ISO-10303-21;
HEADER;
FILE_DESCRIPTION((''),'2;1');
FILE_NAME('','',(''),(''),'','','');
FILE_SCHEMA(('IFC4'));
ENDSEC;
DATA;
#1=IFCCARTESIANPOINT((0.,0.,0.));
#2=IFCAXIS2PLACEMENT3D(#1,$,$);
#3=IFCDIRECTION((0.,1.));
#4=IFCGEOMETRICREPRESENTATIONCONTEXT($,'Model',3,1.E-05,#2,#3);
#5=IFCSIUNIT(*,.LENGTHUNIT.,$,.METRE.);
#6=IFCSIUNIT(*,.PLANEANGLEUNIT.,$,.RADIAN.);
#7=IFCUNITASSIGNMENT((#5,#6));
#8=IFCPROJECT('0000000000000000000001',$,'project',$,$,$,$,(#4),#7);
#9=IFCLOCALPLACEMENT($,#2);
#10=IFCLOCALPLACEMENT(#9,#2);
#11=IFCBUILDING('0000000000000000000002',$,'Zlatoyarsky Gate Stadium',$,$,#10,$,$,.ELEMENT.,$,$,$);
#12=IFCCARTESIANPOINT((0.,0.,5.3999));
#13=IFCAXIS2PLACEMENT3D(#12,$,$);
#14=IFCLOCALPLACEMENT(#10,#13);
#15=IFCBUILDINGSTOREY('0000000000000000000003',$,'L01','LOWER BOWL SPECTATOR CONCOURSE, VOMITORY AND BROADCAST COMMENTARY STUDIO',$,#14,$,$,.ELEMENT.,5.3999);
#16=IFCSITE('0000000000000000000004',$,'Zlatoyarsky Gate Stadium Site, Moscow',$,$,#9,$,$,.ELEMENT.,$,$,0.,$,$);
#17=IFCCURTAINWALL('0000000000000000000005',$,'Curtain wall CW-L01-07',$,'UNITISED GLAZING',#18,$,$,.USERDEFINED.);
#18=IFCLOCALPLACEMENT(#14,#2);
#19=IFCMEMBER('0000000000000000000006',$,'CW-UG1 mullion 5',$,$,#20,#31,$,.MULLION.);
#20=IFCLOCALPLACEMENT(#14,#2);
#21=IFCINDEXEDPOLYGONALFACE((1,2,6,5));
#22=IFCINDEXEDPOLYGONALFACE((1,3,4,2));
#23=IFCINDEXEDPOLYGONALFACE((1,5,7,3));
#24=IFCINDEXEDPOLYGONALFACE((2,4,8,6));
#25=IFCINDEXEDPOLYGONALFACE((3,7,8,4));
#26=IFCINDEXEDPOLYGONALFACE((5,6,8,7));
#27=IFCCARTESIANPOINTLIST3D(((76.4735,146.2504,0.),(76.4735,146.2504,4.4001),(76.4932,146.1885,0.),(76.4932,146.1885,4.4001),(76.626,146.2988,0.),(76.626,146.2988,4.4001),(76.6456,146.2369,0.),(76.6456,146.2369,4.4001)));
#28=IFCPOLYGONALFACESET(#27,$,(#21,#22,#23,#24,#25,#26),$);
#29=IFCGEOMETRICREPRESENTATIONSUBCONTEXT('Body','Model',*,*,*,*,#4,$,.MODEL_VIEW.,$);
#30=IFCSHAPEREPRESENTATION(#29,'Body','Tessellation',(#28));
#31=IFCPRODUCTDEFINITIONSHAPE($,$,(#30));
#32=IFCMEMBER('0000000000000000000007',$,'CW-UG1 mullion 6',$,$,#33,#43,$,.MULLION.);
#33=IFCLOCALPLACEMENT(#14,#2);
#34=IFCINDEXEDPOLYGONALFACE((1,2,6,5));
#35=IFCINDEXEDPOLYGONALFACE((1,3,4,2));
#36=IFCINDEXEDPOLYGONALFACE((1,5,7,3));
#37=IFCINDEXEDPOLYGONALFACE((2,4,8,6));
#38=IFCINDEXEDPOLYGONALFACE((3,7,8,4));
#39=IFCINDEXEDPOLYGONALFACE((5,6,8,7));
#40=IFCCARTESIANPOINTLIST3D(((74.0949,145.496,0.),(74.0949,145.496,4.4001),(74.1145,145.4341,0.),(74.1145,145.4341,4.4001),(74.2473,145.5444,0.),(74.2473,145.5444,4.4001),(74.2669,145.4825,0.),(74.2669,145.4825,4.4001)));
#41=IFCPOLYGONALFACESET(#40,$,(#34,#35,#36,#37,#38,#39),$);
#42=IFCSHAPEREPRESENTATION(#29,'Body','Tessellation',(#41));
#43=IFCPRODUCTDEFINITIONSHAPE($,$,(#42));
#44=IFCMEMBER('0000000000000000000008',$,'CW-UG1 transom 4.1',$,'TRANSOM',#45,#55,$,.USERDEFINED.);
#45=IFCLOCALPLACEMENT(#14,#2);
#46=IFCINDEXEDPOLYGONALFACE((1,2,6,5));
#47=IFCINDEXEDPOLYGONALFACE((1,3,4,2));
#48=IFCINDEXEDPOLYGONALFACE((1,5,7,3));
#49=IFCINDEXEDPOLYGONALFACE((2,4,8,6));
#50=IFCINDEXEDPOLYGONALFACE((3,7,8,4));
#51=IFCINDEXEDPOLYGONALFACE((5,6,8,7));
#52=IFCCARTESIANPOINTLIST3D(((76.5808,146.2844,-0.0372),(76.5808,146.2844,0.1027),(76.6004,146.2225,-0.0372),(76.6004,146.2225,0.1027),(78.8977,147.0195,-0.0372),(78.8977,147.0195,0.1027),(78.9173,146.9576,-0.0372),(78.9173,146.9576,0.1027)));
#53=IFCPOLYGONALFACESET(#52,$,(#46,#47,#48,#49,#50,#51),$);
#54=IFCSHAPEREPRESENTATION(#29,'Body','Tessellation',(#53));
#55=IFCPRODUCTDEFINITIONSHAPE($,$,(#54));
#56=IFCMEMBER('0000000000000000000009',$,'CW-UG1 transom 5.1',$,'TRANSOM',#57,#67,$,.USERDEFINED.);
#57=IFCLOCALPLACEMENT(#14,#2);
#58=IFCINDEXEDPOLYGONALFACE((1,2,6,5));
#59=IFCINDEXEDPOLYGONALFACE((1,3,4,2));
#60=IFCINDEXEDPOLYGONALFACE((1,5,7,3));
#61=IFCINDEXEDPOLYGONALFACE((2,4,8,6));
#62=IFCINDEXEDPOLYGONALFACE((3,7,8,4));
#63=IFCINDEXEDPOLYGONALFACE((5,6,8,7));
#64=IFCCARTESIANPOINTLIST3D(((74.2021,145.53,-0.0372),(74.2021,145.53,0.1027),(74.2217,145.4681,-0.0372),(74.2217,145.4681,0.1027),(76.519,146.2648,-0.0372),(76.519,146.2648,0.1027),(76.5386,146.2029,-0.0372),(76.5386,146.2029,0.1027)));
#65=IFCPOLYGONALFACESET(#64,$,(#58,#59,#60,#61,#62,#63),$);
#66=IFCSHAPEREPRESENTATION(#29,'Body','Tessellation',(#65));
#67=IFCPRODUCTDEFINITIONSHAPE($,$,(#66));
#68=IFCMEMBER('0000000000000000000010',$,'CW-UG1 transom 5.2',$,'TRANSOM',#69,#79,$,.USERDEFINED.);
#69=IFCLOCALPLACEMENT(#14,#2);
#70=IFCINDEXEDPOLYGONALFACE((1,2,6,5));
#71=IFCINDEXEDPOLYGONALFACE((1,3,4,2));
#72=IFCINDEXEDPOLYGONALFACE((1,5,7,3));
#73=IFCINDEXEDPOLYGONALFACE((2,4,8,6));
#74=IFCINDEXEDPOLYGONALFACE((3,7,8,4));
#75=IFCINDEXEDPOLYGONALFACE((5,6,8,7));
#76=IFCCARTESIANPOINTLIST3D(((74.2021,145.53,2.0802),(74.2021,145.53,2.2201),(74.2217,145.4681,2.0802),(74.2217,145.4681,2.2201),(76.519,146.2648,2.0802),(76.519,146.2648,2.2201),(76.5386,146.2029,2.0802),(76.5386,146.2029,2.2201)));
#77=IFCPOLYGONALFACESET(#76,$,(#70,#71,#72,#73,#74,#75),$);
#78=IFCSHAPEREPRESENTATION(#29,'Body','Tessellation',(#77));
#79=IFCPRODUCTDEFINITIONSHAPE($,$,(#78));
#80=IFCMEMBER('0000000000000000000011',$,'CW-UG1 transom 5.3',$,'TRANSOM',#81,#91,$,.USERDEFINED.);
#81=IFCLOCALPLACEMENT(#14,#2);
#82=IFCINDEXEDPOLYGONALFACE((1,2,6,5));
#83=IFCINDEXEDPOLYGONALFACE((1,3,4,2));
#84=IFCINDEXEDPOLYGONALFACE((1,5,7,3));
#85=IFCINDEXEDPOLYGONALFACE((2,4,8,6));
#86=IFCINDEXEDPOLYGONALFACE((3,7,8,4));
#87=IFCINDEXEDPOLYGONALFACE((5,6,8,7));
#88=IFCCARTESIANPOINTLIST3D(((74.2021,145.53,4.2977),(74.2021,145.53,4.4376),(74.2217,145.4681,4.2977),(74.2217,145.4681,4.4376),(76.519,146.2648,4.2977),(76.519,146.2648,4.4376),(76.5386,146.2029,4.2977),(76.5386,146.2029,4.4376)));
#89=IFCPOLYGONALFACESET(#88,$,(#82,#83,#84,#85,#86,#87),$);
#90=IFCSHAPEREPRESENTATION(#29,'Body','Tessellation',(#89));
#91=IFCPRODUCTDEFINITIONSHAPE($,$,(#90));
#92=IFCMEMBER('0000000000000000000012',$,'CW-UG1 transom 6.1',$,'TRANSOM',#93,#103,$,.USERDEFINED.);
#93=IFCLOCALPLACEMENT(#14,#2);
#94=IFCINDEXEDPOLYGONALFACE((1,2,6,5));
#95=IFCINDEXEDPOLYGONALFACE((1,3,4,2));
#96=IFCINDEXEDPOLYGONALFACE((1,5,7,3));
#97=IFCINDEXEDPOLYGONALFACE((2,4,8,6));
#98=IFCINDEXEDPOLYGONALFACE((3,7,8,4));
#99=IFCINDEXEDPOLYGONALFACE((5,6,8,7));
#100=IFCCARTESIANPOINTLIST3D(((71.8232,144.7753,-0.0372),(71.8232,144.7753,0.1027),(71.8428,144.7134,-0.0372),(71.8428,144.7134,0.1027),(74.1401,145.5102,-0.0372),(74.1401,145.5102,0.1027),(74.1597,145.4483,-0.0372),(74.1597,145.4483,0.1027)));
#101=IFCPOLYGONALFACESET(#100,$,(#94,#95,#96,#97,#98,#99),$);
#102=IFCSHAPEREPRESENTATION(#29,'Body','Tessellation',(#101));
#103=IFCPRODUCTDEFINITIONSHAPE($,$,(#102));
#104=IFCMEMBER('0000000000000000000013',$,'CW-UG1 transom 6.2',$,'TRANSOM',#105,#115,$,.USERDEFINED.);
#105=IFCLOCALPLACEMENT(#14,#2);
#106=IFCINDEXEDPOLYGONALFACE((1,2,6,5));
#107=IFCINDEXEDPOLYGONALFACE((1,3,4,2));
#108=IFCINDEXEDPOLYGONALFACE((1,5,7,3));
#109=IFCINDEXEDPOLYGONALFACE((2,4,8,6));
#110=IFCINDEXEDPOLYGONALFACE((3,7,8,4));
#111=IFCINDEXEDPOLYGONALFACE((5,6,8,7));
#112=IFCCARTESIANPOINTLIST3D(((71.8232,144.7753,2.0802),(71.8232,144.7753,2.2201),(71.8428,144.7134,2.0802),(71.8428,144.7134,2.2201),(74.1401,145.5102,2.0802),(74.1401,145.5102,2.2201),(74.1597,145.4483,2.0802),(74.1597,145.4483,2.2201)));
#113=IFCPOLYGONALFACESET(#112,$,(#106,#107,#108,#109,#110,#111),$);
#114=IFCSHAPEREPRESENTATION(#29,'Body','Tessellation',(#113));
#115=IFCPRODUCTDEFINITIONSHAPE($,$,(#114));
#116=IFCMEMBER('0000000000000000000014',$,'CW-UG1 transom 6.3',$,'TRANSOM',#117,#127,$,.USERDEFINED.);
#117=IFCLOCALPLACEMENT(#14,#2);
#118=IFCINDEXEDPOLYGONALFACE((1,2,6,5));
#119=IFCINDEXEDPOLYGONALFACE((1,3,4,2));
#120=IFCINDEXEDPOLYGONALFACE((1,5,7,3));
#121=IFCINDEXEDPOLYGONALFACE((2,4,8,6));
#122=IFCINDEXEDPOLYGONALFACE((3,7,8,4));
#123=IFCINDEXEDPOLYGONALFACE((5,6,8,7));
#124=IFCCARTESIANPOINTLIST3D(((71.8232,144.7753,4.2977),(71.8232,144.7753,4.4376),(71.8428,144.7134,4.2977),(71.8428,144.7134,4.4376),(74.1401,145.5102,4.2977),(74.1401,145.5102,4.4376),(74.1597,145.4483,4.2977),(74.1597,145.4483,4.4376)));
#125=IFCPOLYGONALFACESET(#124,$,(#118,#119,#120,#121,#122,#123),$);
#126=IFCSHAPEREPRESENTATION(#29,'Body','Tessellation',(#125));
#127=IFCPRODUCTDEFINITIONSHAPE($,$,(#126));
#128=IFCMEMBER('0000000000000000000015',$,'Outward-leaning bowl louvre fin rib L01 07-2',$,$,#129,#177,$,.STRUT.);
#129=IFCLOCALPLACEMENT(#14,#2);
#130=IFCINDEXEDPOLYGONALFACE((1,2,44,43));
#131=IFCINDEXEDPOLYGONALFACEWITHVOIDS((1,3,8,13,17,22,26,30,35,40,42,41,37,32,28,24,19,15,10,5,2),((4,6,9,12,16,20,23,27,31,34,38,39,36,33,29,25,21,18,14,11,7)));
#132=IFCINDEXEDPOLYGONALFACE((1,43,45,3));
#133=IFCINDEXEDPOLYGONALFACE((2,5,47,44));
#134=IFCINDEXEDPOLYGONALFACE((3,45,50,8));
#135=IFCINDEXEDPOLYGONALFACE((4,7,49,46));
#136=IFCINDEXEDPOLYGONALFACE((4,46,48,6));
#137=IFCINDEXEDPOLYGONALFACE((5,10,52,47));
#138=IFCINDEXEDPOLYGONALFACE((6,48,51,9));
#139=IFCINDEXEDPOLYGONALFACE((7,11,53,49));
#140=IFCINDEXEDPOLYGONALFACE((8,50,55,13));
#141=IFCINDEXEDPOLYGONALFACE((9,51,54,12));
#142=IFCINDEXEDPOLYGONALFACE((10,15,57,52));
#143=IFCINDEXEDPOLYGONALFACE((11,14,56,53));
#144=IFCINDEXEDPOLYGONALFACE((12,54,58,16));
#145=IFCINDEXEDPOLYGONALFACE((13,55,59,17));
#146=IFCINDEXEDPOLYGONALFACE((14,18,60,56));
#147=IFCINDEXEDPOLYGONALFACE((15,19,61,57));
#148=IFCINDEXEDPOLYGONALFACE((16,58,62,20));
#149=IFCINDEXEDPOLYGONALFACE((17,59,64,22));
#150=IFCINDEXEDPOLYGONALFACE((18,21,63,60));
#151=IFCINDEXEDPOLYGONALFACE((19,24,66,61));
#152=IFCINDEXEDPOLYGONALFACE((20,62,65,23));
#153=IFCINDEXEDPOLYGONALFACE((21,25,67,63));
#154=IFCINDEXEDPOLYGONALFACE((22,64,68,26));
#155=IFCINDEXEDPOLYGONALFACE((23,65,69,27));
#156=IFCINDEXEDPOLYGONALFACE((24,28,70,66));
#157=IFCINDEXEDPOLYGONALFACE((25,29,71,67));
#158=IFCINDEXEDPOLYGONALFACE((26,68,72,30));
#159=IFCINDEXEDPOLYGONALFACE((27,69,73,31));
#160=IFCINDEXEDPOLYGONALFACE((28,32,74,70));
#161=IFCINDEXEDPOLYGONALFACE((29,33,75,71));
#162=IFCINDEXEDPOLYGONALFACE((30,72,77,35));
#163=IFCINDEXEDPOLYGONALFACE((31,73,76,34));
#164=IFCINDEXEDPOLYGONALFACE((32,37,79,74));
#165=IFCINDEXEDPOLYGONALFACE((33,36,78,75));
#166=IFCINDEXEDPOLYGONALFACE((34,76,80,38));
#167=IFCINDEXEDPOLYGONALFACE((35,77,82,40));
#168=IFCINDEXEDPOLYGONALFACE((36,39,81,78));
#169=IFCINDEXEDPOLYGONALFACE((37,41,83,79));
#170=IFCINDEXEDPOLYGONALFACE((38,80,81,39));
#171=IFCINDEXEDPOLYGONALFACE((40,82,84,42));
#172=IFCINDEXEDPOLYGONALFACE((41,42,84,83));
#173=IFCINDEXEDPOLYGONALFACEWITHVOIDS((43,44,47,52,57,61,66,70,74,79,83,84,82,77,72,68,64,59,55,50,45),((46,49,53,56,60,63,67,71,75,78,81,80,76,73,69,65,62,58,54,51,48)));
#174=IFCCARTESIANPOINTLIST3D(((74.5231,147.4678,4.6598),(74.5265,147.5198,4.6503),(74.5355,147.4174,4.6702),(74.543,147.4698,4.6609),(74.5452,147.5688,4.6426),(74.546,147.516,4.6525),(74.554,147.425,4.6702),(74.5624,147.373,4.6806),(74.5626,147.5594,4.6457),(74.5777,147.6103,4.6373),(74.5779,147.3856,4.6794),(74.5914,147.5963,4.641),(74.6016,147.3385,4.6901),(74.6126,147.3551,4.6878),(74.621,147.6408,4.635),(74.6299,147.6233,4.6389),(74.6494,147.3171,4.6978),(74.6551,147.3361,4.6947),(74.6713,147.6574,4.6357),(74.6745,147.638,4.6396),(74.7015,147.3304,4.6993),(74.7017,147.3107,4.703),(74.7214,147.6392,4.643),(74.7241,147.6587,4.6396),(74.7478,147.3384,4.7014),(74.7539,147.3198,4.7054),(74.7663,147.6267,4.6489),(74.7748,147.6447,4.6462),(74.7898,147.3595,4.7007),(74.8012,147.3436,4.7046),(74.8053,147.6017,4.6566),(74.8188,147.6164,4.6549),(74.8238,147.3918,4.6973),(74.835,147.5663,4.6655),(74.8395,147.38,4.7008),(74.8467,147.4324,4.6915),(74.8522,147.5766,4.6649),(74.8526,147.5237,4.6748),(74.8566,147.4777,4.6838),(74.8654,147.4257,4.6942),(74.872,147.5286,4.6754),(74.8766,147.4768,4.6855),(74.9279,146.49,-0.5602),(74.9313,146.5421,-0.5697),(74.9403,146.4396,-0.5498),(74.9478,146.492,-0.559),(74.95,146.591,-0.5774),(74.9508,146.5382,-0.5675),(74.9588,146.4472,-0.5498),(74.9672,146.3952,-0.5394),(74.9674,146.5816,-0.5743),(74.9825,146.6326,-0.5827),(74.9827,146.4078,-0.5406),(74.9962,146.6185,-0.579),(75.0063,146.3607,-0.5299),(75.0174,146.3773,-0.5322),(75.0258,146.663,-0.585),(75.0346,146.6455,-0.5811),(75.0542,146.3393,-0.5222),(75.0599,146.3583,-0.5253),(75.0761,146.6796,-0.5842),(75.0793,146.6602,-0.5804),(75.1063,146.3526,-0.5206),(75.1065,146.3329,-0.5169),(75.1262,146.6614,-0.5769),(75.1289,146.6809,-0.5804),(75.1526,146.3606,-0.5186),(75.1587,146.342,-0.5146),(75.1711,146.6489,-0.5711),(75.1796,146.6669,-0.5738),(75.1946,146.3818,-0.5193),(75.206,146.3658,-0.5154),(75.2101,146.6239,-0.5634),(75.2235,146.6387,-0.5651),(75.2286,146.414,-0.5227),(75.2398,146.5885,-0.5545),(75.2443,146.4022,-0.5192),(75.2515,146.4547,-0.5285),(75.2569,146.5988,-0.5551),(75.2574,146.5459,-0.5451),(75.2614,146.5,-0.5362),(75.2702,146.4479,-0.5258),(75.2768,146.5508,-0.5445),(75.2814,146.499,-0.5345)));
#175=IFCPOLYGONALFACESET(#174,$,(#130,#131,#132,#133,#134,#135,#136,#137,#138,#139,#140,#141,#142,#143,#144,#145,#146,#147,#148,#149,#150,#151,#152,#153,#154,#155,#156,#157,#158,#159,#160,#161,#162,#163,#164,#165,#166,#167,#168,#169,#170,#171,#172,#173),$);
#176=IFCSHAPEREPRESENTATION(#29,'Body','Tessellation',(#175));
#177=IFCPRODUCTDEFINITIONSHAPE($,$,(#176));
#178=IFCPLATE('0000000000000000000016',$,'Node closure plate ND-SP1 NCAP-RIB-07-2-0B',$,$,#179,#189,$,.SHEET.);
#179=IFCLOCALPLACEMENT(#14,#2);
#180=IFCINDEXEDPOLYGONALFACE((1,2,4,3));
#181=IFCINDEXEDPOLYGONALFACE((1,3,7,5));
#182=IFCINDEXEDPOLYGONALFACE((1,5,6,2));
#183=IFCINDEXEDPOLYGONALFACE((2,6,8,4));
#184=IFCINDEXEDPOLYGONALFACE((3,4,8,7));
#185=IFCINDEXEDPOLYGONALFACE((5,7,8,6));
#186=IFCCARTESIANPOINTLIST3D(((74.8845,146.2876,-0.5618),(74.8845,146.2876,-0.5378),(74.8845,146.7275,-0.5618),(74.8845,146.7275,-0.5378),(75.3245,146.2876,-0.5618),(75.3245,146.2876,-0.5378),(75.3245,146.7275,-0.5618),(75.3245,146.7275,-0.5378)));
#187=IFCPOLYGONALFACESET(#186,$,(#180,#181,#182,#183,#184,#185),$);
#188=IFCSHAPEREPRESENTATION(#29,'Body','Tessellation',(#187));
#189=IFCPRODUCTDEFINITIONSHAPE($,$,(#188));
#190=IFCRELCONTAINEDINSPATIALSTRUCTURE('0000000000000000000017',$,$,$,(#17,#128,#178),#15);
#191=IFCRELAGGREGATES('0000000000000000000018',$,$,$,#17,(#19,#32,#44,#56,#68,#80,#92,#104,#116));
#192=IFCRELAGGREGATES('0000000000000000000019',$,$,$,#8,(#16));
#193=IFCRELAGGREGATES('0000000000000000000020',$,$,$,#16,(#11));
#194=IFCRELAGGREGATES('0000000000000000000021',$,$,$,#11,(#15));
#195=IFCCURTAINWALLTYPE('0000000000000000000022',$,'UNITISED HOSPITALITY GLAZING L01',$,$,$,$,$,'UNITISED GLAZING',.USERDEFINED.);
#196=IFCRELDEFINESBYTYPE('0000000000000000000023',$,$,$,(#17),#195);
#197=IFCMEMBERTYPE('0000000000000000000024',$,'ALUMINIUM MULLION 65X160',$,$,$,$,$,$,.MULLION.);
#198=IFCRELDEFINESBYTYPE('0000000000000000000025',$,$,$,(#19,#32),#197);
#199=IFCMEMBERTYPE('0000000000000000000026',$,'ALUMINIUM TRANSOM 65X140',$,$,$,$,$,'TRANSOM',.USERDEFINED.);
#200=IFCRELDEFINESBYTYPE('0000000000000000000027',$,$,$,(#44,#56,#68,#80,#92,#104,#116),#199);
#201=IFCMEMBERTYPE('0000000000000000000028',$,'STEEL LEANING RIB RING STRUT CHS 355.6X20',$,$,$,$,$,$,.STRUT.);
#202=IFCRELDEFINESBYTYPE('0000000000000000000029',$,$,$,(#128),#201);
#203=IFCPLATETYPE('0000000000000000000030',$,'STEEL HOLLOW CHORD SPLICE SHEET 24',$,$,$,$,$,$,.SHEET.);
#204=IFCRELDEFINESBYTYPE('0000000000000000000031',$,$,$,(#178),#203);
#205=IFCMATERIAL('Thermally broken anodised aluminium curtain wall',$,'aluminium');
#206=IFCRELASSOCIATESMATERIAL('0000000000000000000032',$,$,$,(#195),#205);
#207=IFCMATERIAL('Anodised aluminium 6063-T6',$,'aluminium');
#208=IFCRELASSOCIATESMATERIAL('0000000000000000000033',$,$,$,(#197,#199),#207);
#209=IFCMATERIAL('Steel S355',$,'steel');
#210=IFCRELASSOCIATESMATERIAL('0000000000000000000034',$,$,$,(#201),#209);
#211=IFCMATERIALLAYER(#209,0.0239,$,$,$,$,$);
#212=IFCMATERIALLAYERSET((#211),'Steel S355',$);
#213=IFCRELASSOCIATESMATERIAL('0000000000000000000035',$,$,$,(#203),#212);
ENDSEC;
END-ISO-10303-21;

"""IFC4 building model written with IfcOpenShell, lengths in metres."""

from ifc_helpers import new_model, si_unit, direction, frame, origin, origin_2d, place, context, subcontext, project, spatial, rectangle, hollow_circle, extrude, material, layer, layer_set, material_profile, profile_set, type_object, element, aggregate, save


model = new_model("IFC4")

# Units and contexts
model_context = context("Model", 3, precision=1e-05, world=origin(), true_north=direction((0.0, 1.0)))
body_context = subcontext(model_context, "Body", "Model", "MODEL_VIEW")
ifc_project = project(units=[si_unit("LENGTHUNIT", "METRE"), si_unit("PLANEANGLEUNIT", "RADIAN")], contexts=[model_context])

# Site, building, storey
site_placement = place(None, origin())
site = spatial("IfcSite", under=ifc_project, at=site_placement, Name="Zlatoyarsky Gate Stadium Site, Moscow", CompositionType="ELEMENT", RefElevation=0.0)
building_placement = place(site_placement, origin())
building = spatial("IfcBuilding", under=site, at=building_placement, Name="Zlatoyarsky Gate Stadium", CompositionType="ELEMENT")
storey_placement = place(building_placement, frame((0.0, 0.0, 5.3999)))
storey = spatial("IfcBuildingStorey", under=building, at=storey_placement, Name="L01", Description="LOWER BOWL SPECTATOR CONCOURSE, VOMITORY AND BROADCAST COMMENTARY STUDIO", CompositionType="ELEMENT", Elevation=5.3999)

# Curtain wall, members
ifc_material_1 = material(Name="Thermally broken anodised aluminium curtain wall", Category="aluminium")
curtain_wall_type = type_object("IfcCurtainWallType", Name="UNITISED HOSPITALITY GLAZING L01", ElementType="UNITISED GLAZING", PredefinedType="USERDEFINED", material=ifc_material_1)
curtain_wall_placement = place(storey_placement, origin())
curtain_wall = element("IfcCurtainWall", 1, at=curtain_wall_placement, inside=storey, type_object=curtain_wall_type, Name="Curtain wall CW-L01-07", ObjectType="UNITISED GLAZING", PredefinedType="USERDEFINED")
ifc_material_2 = material(Name="Anodised aluminium 6063-T6", Category="aluminium")
ifc_material_profile_1 = material_profile(ifc_material_2, rectangle(XDim=0.0649, YDim=0.1599, at=origin_2d()), Name="ALU 65X160")
ifc_profile_set_1 = profile_set([ifc_material_profile_1], Name="Anodised aluminium 6063-T6")
member_type_1 = type_object("IfcMemberType", Name="ALUMINIUM MULLION 65X160", PredefinedType="MULLION", material=ifc_profile_set_1)
member_1_placement = place(storey_placement, frame((76.5596, 146.2437, 0.0), z_axis=(0.0, 0.0, 1.0), x_axis=(0.302335, -0.953202, 0.0)))
member_1 = element("IfcMember", 2, at=member_1_placement, type_object=member_type_1, Name="CW-UG1 mullion 5", PredefinedType="MULLION", context=body_context, shape_type="SweptSolid", body=[
    extrude(rectangle(XDim=0.0649, YDim=0.1599, at=origin_2d()), origin(), (0.0, 0.0, 1.0), 4.4001),
])
member_2_placement = place(storey_placement, frame((74.1809, 145.4893, 0.0), z_axis=(0.0, 0.0, 1.0), x_axis=(0.302335, -0.953202, 0.0)))
member_2 = element("IfcMember", 3, at=member_2_placement, type_object=member_type_1, Name="CW-UG1 mullion 6", PredefinedType="MULLION", context=body_context, shape_type="SweptSolid", body=[
    extrude(rectangle(XDim=0.0649, YDim=0.1599, at=origin_2d()), origin(), (0.0, 0.0, 1.0), 4.4001),
])
ifc_material_profile_2 = material_profile(ifc_material_2, rectangle(XDim=0.0649, YDim=0.1399, at=origin_2d()), Name="ALU 65X140")
ifc_profile_set_2 = profile_set([ifc_material_profile_2], Name="Anodised aluminium 6063-T6")
member_type_2 = type_object("IfcMemberType", Name="ALUMINIUM TRANSOM 65X140", ElementType="TRANSOM", PredefinedType="USERDEFINED", material=ifc_profile_set_2)
member_3_placement = place(storey_placement, frame((78.9075, 146.9885, 0.0327), z_axis=(-0.953173, -0.302424, 0.0), x_axis=(0.302424, -0.953173, 0.0)))
member_3 = element("IfcMember", 4, at=member_3_placement, type_object=member_type_2, Name="CW-UG1 transom 4.1", ObjectType="TRANSOM", PredefinedType="USERDEFINED", context=body_context, shape_type="SweptSolid", body=[
    extrude(rectangle(XDim=0.0649, YDim=0.1399, at=origin_2d()), origin(), (0.0, 0.0, 1.0), 2.4307),
])
member_4_placement = place(storey_placement, frame((76.5288, 146.2339, 0.0327), z_axis=(-0.953202, -0.302333, 0.0), x_axis=(0.302333, -0.953202, 0.0)))
member_4 = element("IfcMember", 5, at=member_4_placement, type_object=member_type_2, Name="CW-UG1 transom 5.1", ObjectType="TRANSOM", PredefinedType="USERDEFINED", context=body_context, shape_type="SweptSolid", body=[
    extrude(rectangle(XDim=0.0649, YDim=0.1399, at=origin_2d()), origin(), (0.0, 0.0, 1.0), 2.4307),
])
member_5_placement = place(storey_placement, frame((76.5288, 146.2339, 2.1501), z_axis=(-0.953202, -0.302333, 0.0), x_axis=(0.302333, -0.953202, 0.0)))
member_5 = element("IfcMember", 6, at=member_5_placement, type_object=member_type_2, Name="CW-UG1 transom 5.2", ObjectType="TRANSOM", PredefinedType="USERDEFINED", context=body_context, shape_type="SweptSolid", body=[
    extrude(rectangle(XDim=0.0649, YDim=0.1399, at=origin_2d()), origin(), (0.0, 0.0, 1.0), 2.4307),
])
member_6_placement = place(storey_placement, frame((76.5288, 146.2339, 4.3677), z_axis=(-0.953202, -0.302333, 0.0), x_axis=(0.302333, -0.953202, 0.0)))
member_6 = element("IfcMember", 7, at=member_6_placement, type_object=member_type_2, Name="CW-UG1 transom 5.3", ObjectType="TRANSOM", PredefinedType="USERDEFINED", context=body_context, shape_type="SweptSolid", body=[
    extrude(rectangle(XDim=0.0649, YDim=0.1399, at=origin_2d()), origin(), (0.0, 0.0, 1.0), 2.4307),
])
member_7_placement = place(storey_placement, frame((74.1499, 145.4792, 0.0327), z_axis=(-0.953202, -0.302333, 0.0), x_axis=(0.302333, -0.953202, 0.0)))
member_7 = element("IfcMember", 8, at=member_7_placement, type_object=member_type_2, Name="CW-UG1 transom 6.1", ObjectType="TRANSOM", PredefinedType="USERDEFINED", context=body_context, shape_type="SweptSolid", body=[
    extrude(rectangle(XDim=0.0649, YDim=0.1399, at=origin_2d()), origin(), (0.0, 0.0, 1.0), 2.4307),
])
member_8_placement = place(storey_placement, frame((74.1499, 145.4792, 2.1501), z_axis=(-0.953202, -0.302333, 0.0), x_axis=(0.302333, -0.953202, 0.0)))
member_8 = element("IfcMember", 9, at=member_8_placement, type_object=member_type_2, Name="CW-UG1 transom 6.2", ObjectType="TRANSOM", PredefinedType="USERDEFINED", context=body_context, shape_type="SweptSolid", body=[
    extrude(rectangle(XDim=0.0649, YDim=0.1399, at=origin_2d()), origin(), (0.0, 0.0, 1.0), 2.4307),
])
member_9_placement = place(storey_placement, frame((74.1499, 145.4792, 4.3677), z_axis=(-0.953202, -0.302333, 0.0), x_axis=(0.302333, -0.953202, 0.0)))
member_9 = element("IfcMember", 10, at=member_9_placement, type_object=member_type_2, Name="CW-UG1 transom 6.3", ObjectType="TRANSOM", PredefinedType="USERDEFINED", context=body_context, shape_type="SweptSolid", body=[
    extrude(rectangle(XDim=0.0649, YDim=0.1399, at=origin_2d()), origin(), (0.0, 0.0, 1.0), 2.4307),
])

# Member
ifc_material_3 = material(Name="Steel S355", Category="steel")
ifc_material_profile_3 = material_profile(ifc_material_3, hollow_circle(Radius=0.1777, WallThickness=0.02, at=origin_2d()), Name="CHS 355.6X20")
ifc_profile_set_3 = profile_set([ifc_material_profile_3], Name="Steel S355")
member_type_3 = type_object("IfcMemberType", Name="STEEL LEANING RIB RING STRUT CHS 355.6X20", PredefinedType="STRUT", material=ifc_profile_set_3)
member_10_placement = place(storey_placement, frame((75.1045, 146.5076, -0.5498), z_axis=(-0.075999, 0.183581, 0.980062), x_axis=(-0.923955, -0.382501, 0.0)))
element("IfcMember", 11, at=member_10_placement, inside=storey, type_object=member_type_3, Name="Outward-leaning bowl louvre fin rib L01 07-2", PredefinedType="STRUT", context=body_context, shape_type="SweptSolid", body=[
    extrude(hollow_circle(Radius=0.1777, WallThickness=0.02, at=origin_2d()), origin(), (0.0, 0.0, 1.0), 5.3262),
])

# Plate
ifc_layer_1 = layer(ifc_material_3, 0.0239)
ifc_layer_set_1 = layer_set([ifc_layer_1], Name="Steel S355")
plate_type_1 = type_object("IfcPlateType", Name="STEEL HOLLOW CHORD SPLICE SHEET 24", PredefinedType="SHEET", material=ifc_layer_set_1)
plate_1_placement = place(storey_placement, frame((75.1045, 146.5076, -0.5618), z_axis=(0.0, 0.0, 1.0), x_axis=(1.0, 0.0, 0.0)))
element("IfcPlate", 12, at=plate_1_placement, inside=storey, type_object=plate_type_1, Name="Node closure plate ND-SP1 NCAP-RIB-07-2-0B", PredefinedType="SHEET", context=body_context, shape_type="SweptSolid", body=[
    extrude(rectangle(XDim=0.4399, YDim=0.4399, at=origin_2d()), origin(), (0.0, 0.0, 1.0), 0.0239),
])
aggregate(curtain_wall, [member_1, member_2, member_3, member_4, member_5, member_6, member_7, member_8, member_9])

save(model, "model.ifc")
